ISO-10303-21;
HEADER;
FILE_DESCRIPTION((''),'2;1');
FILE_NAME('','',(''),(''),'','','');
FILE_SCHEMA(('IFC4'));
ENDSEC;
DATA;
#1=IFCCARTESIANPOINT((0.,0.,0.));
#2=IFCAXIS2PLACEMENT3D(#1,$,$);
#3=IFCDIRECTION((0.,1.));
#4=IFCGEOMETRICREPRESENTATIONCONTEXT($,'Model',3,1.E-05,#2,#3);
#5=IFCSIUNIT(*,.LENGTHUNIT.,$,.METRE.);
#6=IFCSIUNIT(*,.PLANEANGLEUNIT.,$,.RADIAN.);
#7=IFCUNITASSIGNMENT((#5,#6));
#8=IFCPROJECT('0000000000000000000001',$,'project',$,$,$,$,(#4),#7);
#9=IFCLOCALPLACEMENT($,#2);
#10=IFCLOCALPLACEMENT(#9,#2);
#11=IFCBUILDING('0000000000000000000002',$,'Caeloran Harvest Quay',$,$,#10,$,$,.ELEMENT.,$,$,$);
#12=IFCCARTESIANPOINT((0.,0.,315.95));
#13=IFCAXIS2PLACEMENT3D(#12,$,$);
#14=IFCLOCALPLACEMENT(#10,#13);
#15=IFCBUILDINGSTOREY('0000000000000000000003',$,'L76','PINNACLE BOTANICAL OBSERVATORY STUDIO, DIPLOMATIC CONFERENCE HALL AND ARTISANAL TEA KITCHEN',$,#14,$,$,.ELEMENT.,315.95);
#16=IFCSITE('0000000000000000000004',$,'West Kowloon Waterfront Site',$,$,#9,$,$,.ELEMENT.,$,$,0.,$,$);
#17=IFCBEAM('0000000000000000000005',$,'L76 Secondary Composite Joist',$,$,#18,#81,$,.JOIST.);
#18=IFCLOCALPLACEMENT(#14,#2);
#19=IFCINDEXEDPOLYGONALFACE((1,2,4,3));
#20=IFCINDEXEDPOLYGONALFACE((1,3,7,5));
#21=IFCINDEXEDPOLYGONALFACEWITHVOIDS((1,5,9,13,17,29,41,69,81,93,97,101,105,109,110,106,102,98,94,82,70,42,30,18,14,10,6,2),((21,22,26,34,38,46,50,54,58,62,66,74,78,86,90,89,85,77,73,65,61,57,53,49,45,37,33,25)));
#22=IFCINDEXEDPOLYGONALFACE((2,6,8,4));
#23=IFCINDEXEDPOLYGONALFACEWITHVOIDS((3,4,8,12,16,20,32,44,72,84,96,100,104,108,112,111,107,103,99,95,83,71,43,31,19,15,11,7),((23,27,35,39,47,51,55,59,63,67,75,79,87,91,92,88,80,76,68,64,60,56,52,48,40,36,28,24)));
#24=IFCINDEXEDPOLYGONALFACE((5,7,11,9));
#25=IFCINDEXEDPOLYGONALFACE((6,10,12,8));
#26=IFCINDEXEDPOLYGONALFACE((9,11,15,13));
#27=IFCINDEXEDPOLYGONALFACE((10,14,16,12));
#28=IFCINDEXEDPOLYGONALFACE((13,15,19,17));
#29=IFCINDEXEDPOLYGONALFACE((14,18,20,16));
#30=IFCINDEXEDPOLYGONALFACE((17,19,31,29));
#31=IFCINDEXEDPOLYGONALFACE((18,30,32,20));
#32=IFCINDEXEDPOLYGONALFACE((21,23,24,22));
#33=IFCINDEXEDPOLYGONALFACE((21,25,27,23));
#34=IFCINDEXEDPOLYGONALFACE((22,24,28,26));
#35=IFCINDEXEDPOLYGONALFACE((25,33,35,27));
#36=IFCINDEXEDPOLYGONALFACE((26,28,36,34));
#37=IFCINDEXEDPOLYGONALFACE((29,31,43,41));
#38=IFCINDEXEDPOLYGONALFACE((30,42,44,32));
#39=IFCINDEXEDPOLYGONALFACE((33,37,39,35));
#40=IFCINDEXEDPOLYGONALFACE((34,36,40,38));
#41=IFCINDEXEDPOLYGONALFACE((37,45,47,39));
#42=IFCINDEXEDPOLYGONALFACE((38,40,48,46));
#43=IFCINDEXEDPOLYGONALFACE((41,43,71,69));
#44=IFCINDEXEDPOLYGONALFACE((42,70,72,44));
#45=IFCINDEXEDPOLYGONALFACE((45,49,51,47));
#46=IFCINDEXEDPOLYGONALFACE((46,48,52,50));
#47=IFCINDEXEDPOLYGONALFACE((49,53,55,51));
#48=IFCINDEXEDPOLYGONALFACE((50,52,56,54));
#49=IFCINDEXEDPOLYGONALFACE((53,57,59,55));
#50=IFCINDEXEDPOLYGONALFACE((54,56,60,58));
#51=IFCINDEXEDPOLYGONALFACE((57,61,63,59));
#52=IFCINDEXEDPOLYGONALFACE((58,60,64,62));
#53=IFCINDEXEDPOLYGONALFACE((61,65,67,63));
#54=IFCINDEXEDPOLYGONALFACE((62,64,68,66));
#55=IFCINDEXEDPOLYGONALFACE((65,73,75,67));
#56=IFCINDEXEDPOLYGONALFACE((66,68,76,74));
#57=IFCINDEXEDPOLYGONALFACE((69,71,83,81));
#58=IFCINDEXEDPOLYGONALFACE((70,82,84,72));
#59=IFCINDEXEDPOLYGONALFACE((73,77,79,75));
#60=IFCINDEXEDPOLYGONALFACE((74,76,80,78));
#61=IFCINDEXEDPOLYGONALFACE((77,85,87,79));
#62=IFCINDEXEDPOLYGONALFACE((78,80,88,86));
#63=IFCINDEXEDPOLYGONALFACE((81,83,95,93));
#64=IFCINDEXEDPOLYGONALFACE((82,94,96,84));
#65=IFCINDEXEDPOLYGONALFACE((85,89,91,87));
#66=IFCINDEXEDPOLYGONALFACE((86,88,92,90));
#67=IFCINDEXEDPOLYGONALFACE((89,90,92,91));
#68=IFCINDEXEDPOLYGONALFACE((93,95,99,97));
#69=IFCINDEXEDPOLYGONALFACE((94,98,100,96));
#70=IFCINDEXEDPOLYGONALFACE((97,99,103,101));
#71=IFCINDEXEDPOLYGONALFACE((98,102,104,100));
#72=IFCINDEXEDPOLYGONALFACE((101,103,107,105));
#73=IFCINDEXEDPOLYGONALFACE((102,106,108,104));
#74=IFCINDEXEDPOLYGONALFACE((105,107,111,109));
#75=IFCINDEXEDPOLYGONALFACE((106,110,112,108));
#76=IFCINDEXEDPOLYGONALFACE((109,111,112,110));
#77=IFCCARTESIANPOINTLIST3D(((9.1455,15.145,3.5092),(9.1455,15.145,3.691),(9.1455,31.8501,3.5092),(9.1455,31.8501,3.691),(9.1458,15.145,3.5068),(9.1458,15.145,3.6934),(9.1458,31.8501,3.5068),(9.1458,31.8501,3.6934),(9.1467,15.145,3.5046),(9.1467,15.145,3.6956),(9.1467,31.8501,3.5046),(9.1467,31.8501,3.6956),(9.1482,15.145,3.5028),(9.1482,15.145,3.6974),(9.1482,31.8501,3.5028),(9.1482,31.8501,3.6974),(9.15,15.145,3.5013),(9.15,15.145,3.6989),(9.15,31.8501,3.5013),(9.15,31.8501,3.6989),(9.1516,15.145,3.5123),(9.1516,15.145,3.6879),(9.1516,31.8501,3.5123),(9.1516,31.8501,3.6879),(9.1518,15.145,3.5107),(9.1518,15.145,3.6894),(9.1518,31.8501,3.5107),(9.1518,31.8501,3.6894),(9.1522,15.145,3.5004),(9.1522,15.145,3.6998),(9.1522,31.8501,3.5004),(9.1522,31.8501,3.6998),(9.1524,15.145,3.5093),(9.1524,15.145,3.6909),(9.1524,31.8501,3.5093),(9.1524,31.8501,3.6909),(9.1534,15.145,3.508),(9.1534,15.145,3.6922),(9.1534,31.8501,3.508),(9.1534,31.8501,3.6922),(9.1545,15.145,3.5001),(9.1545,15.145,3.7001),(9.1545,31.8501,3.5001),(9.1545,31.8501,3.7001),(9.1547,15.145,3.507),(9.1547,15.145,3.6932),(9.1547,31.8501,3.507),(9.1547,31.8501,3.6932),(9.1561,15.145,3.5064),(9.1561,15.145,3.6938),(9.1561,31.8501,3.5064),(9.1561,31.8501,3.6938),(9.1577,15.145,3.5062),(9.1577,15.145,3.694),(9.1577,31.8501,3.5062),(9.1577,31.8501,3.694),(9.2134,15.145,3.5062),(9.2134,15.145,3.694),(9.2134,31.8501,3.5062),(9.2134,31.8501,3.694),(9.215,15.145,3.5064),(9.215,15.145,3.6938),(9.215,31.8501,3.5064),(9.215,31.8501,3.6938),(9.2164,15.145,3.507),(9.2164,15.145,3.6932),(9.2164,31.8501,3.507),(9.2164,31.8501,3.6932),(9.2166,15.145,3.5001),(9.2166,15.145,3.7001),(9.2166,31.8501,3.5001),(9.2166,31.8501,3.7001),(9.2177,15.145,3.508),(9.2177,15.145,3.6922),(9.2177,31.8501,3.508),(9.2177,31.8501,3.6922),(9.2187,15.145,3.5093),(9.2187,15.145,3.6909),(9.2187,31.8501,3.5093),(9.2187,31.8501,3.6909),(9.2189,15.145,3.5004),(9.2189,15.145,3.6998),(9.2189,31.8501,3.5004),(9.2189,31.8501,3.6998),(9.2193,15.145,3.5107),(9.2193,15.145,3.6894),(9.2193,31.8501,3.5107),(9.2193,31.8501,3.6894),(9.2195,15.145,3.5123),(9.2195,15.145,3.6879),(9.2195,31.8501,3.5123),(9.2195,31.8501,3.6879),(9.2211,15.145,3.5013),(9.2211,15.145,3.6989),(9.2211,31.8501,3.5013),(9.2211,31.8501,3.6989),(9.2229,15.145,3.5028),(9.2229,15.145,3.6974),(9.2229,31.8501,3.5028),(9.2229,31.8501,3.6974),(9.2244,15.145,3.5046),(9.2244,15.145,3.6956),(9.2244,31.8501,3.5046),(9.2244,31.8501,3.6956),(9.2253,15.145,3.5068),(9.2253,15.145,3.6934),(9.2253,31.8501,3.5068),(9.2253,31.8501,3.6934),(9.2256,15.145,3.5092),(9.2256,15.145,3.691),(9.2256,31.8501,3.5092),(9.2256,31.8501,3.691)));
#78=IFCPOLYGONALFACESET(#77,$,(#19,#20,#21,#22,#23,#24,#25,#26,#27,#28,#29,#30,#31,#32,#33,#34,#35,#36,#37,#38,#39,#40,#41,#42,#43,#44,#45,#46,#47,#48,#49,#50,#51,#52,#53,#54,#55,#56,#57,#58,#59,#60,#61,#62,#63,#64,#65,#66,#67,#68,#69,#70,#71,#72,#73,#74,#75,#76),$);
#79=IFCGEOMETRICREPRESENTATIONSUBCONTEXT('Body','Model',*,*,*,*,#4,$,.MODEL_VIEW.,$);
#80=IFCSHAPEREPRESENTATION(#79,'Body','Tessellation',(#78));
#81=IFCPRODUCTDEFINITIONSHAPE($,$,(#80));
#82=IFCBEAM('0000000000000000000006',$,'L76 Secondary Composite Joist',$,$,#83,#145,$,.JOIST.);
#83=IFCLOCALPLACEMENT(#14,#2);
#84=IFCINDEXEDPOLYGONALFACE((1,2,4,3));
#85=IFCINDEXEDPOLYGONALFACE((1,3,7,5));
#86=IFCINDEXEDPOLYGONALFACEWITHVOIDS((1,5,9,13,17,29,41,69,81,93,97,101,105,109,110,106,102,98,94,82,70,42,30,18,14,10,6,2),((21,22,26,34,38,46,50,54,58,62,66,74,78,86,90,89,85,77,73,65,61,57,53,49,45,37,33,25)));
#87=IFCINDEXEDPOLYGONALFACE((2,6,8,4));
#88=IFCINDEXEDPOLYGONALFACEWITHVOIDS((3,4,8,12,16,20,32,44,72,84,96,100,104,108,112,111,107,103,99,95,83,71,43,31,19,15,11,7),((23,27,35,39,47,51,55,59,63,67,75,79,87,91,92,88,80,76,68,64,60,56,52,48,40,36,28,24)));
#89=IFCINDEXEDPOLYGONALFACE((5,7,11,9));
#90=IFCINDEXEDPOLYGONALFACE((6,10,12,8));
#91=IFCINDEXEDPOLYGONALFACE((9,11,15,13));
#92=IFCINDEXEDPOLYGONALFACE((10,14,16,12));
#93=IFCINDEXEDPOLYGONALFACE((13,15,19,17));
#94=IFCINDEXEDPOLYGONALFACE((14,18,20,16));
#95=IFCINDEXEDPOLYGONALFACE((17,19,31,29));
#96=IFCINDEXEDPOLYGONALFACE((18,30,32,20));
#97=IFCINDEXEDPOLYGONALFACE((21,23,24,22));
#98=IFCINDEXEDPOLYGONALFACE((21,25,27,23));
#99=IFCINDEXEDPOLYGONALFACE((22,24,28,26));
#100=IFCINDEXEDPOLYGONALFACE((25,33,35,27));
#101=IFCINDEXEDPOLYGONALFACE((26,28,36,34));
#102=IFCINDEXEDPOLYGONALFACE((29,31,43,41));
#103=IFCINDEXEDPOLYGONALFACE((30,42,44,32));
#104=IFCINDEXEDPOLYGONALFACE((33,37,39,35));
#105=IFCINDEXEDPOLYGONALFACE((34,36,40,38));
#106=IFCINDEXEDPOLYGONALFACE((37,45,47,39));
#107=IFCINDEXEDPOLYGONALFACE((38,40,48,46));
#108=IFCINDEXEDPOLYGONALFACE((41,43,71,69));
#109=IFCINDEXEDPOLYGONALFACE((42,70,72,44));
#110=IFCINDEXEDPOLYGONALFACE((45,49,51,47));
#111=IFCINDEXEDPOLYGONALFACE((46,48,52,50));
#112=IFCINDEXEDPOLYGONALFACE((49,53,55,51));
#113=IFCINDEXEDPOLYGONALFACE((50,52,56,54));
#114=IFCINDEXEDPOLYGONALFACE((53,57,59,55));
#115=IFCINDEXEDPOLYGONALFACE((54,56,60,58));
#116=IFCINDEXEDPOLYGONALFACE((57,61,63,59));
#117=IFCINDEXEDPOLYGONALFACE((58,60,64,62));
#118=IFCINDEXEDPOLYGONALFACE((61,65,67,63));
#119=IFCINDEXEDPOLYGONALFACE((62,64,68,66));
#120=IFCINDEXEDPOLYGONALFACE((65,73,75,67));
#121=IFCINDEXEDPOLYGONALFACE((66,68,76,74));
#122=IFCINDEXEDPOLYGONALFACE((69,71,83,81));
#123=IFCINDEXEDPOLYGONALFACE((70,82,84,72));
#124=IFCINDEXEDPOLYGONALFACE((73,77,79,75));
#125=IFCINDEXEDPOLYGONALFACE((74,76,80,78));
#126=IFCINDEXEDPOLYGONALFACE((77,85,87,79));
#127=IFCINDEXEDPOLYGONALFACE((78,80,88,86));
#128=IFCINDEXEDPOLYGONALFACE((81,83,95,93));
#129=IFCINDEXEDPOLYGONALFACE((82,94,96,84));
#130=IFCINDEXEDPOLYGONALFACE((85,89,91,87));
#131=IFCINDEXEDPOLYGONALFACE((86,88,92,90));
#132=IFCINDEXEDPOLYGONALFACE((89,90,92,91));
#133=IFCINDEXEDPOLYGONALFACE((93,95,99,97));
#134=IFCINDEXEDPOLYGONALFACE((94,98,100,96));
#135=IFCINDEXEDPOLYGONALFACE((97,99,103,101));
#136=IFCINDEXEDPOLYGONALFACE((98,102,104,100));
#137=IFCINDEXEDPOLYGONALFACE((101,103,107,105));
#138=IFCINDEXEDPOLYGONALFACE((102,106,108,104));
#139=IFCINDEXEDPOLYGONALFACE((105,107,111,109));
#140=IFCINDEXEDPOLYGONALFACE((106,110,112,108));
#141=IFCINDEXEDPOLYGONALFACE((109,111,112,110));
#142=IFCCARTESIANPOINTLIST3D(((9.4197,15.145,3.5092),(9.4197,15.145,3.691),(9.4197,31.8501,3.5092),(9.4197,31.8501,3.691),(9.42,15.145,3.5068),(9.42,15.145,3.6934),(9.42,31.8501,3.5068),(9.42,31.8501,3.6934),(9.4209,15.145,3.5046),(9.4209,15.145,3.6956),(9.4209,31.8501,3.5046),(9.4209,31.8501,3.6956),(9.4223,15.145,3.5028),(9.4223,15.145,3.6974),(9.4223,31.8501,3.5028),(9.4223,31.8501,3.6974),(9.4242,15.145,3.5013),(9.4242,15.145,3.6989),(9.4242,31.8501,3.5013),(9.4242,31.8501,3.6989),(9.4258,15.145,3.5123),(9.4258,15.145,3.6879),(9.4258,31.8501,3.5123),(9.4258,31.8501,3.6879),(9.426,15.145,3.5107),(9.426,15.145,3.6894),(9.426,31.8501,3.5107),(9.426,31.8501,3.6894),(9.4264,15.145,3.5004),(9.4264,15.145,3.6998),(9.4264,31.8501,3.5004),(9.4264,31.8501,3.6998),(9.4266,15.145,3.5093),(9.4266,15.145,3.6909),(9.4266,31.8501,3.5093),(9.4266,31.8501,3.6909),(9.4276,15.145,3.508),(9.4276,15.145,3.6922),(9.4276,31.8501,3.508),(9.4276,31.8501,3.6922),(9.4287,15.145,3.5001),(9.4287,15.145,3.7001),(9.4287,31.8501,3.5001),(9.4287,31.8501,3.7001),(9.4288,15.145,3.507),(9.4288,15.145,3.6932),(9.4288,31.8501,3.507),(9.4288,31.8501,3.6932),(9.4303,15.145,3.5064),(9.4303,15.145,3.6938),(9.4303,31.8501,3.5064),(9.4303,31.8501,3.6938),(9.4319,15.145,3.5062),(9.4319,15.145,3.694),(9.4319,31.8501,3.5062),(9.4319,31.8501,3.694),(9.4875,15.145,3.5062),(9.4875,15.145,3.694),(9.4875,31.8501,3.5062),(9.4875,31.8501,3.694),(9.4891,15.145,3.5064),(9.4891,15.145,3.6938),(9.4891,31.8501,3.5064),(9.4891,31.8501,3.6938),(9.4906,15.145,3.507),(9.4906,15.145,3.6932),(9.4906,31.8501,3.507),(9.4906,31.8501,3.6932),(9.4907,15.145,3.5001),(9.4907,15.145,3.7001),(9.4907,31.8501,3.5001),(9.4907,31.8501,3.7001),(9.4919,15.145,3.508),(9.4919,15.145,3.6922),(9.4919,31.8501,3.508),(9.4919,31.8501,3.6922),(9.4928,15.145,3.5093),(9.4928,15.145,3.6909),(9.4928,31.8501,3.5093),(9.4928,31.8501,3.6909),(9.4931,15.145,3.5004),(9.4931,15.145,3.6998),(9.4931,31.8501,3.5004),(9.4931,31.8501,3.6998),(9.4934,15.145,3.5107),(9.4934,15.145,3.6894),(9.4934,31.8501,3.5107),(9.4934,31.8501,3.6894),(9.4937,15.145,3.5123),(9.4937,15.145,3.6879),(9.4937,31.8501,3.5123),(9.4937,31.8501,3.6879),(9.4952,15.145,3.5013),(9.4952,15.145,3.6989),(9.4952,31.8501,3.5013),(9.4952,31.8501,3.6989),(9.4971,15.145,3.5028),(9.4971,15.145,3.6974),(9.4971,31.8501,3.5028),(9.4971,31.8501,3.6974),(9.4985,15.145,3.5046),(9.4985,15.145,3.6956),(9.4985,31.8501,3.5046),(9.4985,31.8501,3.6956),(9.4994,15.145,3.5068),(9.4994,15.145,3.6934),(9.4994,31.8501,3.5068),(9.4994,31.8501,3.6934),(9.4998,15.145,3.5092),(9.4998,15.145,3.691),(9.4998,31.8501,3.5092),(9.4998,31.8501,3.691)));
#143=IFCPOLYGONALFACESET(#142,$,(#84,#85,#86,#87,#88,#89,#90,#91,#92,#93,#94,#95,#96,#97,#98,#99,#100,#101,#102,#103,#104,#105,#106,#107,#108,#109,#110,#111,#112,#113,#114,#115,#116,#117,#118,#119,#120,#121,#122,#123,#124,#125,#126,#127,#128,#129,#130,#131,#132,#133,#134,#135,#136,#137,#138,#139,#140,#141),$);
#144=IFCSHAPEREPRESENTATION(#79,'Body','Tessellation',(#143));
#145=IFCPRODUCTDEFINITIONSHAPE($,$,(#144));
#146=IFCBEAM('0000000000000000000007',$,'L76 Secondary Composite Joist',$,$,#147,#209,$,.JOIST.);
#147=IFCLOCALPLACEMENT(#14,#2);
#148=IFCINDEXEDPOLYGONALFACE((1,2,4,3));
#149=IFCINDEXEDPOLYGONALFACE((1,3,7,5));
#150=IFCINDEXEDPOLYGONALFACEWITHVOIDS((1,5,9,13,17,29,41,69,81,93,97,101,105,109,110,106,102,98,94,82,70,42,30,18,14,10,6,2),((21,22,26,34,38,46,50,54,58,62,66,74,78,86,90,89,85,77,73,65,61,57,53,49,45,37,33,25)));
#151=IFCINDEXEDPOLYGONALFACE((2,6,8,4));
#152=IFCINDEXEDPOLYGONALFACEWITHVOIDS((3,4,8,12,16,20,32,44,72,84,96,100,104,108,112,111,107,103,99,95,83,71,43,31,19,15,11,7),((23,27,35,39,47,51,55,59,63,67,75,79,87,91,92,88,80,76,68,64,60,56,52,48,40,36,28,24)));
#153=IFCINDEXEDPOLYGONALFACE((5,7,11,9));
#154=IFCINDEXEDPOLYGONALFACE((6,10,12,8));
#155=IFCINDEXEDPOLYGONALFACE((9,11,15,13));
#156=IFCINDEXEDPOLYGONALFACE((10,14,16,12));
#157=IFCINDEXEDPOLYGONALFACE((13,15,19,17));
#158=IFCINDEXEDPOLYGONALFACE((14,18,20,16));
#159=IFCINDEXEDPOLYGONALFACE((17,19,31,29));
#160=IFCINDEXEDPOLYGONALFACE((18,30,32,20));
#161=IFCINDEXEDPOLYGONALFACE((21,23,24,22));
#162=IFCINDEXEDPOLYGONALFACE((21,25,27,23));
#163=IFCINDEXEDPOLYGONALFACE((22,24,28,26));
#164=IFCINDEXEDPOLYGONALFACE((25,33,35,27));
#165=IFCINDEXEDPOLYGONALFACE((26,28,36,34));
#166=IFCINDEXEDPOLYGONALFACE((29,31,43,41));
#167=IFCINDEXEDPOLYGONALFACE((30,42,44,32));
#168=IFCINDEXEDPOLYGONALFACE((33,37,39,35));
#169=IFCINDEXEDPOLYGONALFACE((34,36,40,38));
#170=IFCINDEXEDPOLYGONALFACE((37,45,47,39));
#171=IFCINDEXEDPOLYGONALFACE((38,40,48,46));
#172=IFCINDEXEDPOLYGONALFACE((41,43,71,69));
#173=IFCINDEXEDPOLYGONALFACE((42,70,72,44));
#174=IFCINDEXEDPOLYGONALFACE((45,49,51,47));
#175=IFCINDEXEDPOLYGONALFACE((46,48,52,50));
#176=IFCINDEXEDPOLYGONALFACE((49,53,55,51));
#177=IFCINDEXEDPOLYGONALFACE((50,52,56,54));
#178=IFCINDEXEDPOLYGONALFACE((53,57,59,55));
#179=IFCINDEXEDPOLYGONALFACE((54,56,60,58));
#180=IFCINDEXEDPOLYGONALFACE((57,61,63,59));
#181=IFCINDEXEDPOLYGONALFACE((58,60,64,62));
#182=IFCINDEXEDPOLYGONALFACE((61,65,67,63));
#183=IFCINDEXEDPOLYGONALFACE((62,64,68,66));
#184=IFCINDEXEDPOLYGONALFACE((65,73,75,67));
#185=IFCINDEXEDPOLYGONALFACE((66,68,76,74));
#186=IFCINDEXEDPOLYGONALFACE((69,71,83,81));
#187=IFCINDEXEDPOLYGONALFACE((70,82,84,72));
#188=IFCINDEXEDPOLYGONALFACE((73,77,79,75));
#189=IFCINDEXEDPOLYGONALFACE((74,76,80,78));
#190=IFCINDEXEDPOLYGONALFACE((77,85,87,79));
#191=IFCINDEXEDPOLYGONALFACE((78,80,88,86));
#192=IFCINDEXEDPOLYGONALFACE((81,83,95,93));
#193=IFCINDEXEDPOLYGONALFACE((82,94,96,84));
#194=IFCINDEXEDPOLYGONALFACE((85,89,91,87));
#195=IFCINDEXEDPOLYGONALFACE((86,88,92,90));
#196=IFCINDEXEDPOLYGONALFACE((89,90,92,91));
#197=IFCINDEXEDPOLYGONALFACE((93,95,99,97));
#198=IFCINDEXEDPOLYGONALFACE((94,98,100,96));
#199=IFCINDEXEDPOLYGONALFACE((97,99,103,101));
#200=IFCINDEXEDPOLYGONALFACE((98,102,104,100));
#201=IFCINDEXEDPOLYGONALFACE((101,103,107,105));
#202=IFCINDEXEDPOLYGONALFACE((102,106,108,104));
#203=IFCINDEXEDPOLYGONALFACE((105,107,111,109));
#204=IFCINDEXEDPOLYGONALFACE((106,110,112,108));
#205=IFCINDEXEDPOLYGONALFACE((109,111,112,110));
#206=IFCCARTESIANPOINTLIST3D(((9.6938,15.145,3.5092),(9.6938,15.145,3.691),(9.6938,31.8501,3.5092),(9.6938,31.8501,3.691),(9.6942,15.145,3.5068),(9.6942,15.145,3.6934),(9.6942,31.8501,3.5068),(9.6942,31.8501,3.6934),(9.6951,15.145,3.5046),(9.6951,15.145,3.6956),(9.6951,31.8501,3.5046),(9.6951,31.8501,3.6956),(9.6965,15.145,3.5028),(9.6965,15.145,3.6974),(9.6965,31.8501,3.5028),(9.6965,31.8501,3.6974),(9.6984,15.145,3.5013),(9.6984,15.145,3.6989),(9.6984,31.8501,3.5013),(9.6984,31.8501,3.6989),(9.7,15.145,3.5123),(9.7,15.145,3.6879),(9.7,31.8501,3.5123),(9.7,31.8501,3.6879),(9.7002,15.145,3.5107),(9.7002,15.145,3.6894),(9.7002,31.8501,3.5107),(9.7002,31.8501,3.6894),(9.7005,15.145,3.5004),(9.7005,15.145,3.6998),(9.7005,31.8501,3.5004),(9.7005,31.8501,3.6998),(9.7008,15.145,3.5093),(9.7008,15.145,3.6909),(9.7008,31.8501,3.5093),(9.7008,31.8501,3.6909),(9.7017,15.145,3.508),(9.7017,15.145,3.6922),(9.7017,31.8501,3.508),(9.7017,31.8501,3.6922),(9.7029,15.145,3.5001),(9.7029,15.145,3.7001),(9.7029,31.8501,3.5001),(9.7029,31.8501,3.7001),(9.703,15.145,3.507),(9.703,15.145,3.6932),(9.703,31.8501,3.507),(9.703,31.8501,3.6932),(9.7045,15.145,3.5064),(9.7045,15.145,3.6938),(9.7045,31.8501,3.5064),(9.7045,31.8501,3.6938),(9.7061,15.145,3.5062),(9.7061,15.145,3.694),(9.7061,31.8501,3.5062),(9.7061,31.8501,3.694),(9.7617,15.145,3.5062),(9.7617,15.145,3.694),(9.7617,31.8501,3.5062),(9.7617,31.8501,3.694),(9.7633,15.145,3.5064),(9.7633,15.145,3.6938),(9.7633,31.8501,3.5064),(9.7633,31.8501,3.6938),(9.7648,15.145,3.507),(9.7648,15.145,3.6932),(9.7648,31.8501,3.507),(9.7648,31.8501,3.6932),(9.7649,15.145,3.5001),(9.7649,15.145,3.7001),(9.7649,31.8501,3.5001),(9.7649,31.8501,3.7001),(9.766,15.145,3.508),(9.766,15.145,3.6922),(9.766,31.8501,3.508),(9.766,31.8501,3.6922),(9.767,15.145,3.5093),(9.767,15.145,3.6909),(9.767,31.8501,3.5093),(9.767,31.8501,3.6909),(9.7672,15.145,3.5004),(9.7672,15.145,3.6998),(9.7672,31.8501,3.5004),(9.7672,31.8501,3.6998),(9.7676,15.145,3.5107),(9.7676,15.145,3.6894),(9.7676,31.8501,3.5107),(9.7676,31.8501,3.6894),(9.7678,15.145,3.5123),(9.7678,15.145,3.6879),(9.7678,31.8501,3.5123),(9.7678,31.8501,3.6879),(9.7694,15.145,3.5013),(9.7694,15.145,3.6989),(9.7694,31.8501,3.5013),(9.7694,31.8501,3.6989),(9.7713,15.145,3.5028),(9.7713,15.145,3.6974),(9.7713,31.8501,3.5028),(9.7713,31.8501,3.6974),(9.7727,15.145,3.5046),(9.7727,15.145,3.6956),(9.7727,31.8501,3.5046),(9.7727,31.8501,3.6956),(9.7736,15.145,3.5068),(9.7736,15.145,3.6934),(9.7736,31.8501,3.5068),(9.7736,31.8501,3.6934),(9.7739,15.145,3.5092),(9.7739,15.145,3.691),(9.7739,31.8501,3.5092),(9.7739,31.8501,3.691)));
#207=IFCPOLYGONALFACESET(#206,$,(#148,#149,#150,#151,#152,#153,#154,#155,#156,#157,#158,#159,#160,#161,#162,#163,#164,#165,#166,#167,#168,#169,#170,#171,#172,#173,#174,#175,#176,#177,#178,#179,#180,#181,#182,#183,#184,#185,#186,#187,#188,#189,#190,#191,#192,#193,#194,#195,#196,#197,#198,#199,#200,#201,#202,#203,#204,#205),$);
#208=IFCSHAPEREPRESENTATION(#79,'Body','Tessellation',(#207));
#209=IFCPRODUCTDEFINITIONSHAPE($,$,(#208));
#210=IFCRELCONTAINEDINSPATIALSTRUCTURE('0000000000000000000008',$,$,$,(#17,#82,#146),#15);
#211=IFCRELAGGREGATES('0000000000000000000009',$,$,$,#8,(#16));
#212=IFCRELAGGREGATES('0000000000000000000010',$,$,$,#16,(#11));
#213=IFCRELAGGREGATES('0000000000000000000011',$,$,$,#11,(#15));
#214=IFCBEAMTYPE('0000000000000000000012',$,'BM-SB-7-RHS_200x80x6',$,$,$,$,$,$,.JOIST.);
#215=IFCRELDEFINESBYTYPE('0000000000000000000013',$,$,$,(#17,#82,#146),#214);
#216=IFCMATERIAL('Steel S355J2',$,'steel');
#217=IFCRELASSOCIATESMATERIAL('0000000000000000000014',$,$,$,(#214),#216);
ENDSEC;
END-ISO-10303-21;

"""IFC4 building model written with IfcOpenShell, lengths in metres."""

from ifc_helpers import new_model, si_unit, direction, frame, origin, origin_2d, place, context, subcontext, project, spatial, hollow_rectangle, extrude, material, material_profile, profile_set, type_object, element, save


model = new_model("IFC4")

# Units and contexts
model_context = context("Model", 3, precision=1e-05, world=origin(), true_north=direction((0.0, 1.0)))
body_context = subcontext(model_context, "Body", "Model", "MODEL_VIEW")
ifc_project = project(units=[si_unit("LENGTHUNIT", "METRE"), si_unit("PLANEANGLEUNIT", "RADIAN")], contexts=[model_context])

# Site, building, storey
site_placement = place(None, origin())
site = spatial("IfcSite", under=ifc_project, at=site_placement, Name="West Kowloon Waterfront Site", CompositionType="ELEMENT", RefElevation=0.0)
building_placement = place(site_placement, origin())
building = spatial("IfcBuilding", under=site, at=building_placement, Name="Caeloran Harvest Quay", CompositionType="ELEMENT")
storey_placement = place(building_placement, frame((0.0, 0.0, 315.95)))
storey = spatial("IfcBuildingStorey", under=building, at=storey_placement, Name="L76", Description="PINNACLE BOTANICAL OBSERVATORY STUDIO, DIPLOMATIC CONFERENCE HALL AND ARTISANAL TEA KITCHEN", CompositionType="ELEMENT", Elevation=315.95)

# Beams
ifc_material_1 = material(Name="Steel S355J2", Category="steel")
ifc_material_profile_1 = material_profile(ifc_material_1, hollow_rectangle(XDim=0.0801, YDim=0.2, WallThickness=0.0061, InnerFilletRadius=0.0061, OuterFilletRadius=0.009, at=origin_2d()), Name="RHS 200x80x6")
ifc_profile_set_1 = profile_set([ifc_material_profile_1], Name="Steel S355J2")
beam_type_1 = type_object("IfcBeamType", Name="BM-SB-7-RHS_200x80x6", PredefinedType="JOIST", material=ifc_profile_set_1)
for number, where, z_axis, x_axis, name in (
    (1, (9.1855, 15.145, 3.6001), (0.0, 1.0, 0.0), (-1.0, 0.0, 0.0), "L76 Secondary Composite Joist"),
    (2, (9.4597, 15.145, 3.6001), (0.0, 1.0, 0.0), (-1.0, 0.0, 0.0), "L76 Secondary Composite Joist"),
    (3, (9.7339, 15.145, 3.6001), (0.0, 1.0, 0.0), (-1.0, 0.0, 0.0), "L76 Secondary Composite Joist"),
):
    element("IfcBeam", number, at=place(storey_placement, frame(where, z_axis=z_axis, x_axis=x_axis)), inside=storey, type_object=beam_type_1, Name=name, PredefinedType="JOIST", context=body_context, shape_type="SweptSolid", body=[
        extrude(hollow_rectangle(XDim=0.0801, YDim=0.2, WallThickness=0.0061, InnerFilletRadius=0.0061, OuterFilletRadius=0.009, at=origin_2d()), origin(), (0.0, 0.0, 1.0), 16.7051),
    ])

save(model, "model.ifc")
